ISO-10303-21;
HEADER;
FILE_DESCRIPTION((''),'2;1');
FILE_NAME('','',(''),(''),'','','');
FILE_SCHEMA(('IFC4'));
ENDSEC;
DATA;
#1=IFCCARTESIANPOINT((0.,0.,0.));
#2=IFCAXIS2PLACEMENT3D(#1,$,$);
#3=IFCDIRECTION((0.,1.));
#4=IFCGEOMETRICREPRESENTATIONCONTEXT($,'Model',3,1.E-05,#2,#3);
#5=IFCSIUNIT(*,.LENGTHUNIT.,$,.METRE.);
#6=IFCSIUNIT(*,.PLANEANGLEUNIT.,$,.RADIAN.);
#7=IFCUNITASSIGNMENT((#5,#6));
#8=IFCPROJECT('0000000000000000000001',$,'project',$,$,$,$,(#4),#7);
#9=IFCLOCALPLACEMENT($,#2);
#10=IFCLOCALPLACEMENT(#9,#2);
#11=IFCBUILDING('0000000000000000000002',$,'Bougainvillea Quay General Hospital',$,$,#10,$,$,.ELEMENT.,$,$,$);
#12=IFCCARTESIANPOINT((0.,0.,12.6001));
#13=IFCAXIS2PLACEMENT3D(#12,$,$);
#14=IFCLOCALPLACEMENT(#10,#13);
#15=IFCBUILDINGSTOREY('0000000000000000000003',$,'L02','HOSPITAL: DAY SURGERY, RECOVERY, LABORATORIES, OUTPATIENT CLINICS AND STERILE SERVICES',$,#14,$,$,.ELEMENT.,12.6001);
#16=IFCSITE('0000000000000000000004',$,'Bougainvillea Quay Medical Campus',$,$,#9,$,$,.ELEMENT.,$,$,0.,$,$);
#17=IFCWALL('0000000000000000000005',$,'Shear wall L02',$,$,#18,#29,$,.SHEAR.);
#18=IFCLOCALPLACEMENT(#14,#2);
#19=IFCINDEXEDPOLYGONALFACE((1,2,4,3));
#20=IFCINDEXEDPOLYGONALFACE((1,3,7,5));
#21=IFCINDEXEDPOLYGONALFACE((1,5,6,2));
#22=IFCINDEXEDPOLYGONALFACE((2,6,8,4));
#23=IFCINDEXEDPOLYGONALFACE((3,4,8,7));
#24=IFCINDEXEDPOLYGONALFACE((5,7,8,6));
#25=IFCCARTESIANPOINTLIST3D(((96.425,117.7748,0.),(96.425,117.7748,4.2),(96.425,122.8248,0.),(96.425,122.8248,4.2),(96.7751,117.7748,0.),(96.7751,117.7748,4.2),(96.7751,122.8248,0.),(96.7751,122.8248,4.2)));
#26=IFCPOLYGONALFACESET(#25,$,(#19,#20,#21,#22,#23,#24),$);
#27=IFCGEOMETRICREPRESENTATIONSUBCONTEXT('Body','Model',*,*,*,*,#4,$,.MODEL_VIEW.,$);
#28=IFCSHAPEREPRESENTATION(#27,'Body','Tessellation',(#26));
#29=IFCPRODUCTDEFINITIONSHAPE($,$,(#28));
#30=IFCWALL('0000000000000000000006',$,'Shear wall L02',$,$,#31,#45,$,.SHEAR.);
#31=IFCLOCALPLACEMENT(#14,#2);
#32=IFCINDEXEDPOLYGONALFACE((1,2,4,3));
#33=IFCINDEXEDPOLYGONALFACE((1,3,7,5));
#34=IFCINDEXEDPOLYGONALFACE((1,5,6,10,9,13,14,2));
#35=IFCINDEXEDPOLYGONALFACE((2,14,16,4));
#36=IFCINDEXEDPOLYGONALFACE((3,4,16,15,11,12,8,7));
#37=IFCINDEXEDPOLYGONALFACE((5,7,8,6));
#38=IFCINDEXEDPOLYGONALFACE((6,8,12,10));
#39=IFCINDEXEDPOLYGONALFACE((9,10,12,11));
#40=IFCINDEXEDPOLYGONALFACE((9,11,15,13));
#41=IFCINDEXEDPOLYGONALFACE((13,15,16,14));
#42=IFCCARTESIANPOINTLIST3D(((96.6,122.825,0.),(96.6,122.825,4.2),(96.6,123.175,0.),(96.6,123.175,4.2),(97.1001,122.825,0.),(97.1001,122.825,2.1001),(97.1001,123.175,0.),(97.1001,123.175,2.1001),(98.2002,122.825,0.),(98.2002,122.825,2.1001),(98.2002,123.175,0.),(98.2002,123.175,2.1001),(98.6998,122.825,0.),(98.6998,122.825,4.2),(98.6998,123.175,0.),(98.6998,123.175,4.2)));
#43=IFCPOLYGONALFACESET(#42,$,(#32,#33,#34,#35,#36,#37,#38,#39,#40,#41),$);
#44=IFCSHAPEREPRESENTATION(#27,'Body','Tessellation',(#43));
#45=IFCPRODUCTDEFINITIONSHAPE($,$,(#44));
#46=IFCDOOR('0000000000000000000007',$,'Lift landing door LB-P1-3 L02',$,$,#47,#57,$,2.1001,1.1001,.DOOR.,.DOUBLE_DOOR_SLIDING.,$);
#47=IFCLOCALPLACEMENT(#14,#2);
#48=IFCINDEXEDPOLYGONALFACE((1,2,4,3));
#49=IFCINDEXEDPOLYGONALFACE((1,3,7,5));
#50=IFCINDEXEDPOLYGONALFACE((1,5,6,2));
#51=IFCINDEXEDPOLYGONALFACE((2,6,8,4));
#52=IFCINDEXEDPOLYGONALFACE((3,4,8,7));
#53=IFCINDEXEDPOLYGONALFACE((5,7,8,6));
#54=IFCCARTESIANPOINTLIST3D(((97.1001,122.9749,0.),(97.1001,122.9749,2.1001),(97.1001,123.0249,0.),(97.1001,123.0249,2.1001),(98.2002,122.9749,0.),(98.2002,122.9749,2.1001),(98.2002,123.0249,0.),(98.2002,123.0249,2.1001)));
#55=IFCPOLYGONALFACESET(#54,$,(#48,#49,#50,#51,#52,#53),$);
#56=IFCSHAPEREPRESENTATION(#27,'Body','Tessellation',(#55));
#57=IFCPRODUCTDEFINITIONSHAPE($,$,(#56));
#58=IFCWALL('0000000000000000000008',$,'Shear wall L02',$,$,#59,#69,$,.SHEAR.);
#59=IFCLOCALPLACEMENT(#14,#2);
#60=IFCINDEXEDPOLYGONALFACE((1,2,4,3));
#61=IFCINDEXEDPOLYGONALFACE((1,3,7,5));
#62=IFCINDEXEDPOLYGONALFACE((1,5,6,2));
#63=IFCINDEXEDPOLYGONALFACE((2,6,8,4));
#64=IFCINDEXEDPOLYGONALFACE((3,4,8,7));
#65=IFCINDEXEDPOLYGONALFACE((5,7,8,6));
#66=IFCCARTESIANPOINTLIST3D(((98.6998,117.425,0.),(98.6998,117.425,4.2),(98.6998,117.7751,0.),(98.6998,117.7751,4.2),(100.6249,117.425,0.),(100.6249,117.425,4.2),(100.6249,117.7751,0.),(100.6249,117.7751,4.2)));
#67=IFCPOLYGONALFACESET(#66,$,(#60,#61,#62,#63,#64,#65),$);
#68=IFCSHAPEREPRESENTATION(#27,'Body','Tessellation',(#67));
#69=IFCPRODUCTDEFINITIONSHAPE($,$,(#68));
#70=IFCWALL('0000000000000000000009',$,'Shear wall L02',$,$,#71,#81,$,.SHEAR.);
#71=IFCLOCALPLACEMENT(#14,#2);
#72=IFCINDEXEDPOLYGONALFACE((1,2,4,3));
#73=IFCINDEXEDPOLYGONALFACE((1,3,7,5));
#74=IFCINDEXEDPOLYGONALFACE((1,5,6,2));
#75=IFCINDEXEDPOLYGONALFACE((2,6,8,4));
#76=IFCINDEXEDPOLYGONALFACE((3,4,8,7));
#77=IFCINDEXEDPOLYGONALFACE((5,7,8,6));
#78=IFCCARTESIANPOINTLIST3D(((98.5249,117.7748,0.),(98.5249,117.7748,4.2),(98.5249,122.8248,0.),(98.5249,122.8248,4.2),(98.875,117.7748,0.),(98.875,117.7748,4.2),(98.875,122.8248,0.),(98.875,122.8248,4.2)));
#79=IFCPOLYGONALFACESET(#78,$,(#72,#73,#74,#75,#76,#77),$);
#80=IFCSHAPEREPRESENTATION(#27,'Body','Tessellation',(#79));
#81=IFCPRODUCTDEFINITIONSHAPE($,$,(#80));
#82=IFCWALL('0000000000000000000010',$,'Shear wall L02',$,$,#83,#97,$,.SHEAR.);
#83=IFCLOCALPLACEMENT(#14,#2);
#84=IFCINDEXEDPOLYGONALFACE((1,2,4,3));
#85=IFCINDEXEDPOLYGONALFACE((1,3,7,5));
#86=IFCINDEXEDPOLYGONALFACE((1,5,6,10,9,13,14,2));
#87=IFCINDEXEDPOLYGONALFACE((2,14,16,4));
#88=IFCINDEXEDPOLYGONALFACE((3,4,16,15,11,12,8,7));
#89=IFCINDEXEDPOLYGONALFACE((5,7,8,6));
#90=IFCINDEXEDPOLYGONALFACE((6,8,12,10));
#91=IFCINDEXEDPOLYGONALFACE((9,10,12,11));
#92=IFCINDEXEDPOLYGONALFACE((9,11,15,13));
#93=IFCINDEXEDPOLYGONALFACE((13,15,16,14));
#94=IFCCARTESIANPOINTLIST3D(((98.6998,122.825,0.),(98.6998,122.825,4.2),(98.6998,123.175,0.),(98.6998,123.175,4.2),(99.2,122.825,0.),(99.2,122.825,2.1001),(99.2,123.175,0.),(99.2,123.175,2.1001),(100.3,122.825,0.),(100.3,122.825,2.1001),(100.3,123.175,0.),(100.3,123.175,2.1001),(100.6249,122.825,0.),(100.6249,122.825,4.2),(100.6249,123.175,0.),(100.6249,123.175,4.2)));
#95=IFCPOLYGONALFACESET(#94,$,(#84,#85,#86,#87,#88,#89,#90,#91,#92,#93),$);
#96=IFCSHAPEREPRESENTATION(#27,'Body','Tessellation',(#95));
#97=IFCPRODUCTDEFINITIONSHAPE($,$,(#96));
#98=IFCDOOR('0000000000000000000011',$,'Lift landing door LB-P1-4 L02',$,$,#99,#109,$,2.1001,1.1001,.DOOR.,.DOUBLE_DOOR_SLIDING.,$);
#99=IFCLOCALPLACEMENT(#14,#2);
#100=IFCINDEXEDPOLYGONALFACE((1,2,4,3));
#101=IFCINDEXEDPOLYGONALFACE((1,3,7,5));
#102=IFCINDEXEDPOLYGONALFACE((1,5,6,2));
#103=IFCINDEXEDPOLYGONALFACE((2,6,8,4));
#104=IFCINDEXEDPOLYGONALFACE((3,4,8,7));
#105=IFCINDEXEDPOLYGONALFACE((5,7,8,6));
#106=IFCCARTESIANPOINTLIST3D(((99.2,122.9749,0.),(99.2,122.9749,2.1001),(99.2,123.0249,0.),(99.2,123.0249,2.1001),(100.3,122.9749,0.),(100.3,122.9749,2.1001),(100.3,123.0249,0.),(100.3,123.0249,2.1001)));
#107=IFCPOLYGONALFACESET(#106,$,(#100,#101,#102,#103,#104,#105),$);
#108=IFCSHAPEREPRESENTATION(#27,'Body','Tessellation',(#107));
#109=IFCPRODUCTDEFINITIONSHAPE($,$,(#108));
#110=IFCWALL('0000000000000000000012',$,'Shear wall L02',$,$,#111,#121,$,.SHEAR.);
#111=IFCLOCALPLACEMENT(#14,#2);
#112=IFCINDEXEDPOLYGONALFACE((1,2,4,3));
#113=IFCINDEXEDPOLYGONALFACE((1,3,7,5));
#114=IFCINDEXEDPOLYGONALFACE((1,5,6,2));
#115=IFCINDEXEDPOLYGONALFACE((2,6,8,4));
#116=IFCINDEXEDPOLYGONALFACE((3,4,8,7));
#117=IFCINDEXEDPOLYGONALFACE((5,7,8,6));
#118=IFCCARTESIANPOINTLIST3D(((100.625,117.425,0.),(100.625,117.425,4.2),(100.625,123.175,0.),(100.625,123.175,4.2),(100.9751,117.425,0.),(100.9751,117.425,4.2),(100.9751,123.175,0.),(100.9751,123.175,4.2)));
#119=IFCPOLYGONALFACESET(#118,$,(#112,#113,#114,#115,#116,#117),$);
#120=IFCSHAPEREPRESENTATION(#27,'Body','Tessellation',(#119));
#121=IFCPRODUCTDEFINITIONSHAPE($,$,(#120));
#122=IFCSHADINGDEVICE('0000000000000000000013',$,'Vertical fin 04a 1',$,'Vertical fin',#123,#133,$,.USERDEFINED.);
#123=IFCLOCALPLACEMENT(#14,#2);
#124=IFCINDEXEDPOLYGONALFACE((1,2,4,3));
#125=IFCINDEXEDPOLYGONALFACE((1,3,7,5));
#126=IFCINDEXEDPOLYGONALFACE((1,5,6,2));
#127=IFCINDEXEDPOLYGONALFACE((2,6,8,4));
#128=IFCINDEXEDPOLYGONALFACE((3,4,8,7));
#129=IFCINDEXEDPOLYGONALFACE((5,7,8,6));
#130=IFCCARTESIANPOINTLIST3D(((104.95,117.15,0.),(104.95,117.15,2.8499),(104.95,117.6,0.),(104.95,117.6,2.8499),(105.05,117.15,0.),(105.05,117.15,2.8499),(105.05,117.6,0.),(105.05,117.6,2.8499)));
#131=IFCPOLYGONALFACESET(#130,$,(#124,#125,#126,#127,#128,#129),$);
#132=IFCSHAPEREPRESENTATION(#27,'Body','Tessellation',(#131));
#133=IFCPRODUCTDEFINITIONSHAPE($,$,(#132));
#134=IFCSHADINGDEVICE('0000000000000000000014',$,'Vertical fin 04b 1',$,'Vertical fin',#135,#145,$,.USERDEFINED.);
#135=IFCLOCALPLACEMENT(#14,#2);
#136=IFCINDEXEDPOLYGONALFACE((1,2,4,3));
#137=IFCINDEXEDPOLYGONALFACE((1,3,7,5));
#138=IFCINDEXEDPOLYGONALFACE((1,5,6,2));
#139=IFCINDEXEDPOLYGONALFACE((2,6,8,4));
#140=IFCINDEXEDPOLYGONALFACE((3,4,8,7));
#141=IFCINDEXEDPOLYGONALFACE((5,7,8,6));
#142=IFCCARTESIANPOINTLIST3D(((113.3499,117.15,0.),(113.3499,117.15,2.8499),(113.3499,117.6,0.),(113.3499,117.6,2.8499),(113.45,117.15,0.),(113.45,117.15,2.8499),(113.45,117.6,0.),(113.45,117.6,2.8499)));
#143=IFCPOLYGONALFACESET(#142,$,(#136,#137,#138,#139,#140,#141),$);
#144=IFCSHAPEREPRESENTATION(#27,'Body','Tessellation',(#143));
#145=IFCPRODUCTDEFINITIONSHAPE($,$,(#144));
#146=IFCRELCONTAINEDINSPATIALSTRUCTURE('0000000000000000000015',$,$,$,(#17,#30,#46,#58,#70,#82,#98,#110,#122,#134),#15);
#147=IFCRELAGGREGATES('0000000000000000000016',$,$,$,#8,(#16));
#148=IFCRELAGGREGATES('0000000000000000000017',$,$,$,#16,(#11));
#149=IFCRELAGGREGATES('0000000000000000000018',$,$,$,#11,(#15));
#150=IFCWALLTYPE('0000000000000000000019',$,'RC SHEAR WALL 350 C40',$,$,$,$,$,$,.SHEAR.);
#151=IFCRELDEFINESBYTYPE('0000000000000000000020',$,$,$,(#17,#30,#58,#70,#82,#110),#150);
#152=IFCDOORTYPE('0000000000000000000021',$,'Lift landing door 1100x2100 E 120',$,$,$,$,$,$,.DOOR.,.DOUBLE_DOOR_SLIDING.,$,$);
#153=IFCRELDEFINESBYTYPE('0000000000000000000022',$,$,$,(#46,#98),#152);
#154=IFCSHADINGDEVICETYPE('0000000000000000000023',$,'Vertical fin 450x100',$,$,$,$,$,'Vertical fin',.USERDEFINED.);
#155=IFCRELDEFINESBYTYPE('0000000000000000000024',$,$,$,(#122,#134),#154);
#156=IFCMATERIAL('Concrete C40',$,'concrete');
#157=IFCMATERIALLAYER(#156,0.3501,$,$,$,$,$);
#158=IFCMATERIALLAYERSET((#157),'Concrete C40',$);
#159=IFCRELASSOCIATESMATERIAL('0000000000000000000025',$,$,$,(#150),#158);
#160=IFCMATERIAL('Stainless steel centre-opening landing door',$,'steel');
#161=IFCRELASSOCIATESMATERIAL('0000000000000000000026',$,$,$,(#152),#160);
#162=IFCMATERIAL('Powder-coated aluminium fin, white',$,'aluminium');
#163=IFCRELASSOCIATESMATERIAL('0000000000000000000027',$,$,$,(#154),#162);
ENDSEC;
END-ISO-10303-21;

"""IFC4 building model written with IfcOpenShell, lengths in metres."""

from ifc_helpers import new_model, si_unit, direction, frame, frame_2d, origin, origin_2d, place, context, subcontext, project, spatial, rectangle, extrude, material, layer, layer_set, material_profile, profile_set, type_object, element, fill, save


model = new_model("IFC4")

# Units and contexts
model_context = context("Model", 3, precision=1e-05, world=origin(), true_north=direction((0.0, 1.0)))
body_context = subcontext(model_context, "Body", "Model", "MODEL_VIEW")
ifc_project = project(units=[si_unit("LENGTHUNIT", "METRE"), si_unit("PLANEANGLEUNIT", "RADIAN")], contexts=[model_context])

# Site, building, storey
site_placement = place(None, origin())
site = spatial("IfcSite", under=ifc_project, at=site_placement, Name="Bougainvillea Quay Medical Campus", CompositionType="ELEMENT", RefElevation=0.0)
building_placement = place(site_placement, origin())
building = spatial("IfcBuilding", under=site, at=building_placement, Name="Bougainvillea Quay General Hospital", CompositionType="ELEMENT")
storey_placement = place(building_placement, frame((0.0, 0.0, 12.6001)))
storey = spatial("IfcBuildingStorey", under=building, at=storey_placement, Name="L02", Description="HOSPITAL: DAY SURGERY, RECOVERY, LABORATORIES, OUTPATIENT CLINICS AND STERILE SERVICES", CompositionType="ELEMENT", Elevation=12.6001)

# Shared definitions
ifc_material_1 = material(Name="Concrete C40", Category="concrete")

# Wall
ifc_layer_1 = layer(ifc_material_1, 0.3501)
ifc_layer_set_1 = layer_set([ifc_layer_1], Name="Concrete C40")
wall_type_1 = type_object("IfcWallType", Name="RC SHEAR WALL 350 C40", PredefinedType="SHEAR", material=ifc_layer_set_1)
wall_1_placement = place(storey_placement, frame((96.6001, 117.7749, 0.0), z_axis=(0.0, 0.0, 1.0), x_axis=(0.0, 1.0, 0.0)))
element("IfcWall", 1, at=wall_1_placement, inside=storey, type_object=wall_type_1, Name="Shear wall L02", PredefinedType="SHEAR", context=body_context, shape_type="SweptSolid", body=[
    extrude(rectangle(XDim=5.05, YDim=0.3501, at=frame_2d((2.5249, 0.0))), origin(), (0.0, 0.0, 1.0), 4.2),
])

# Wall, opening, door
wall_2_placement = place(storey_placement, frame((96.6001, 123.0, 0.0), z_axis=(0.0, 0.0, 1.0), x_axis=(1.0, 0.0, 0.0)))
wall_2 = element("IfcWall", 2, at=wall_2_placement, inside=storey, type_object=wall_type_1, Name="Shear wall L02", PredefinedType="SHEAR", context=body_context, shape_type="SweptSolid", body=[
    extrude(rectangle(XDim=2.0999, YDim=0.3501, at=frame_2d((1.0498, 0.0))), origin(), (0.0, 0.0, 1.0), 4.2),
])
opening_1_placement = place(wall_2_placement, frame((0.5, 0.0, 0.0)))
opening_1 = element("IfcOpeningElement", 3, at=opening_1_placement, cuts=wall_2, PredefinedType="OPENING", context=body_context, shape_type="SweptSolid", body=[
    extrude(rectangle(XDim=1.1001, YDim=2.1001, at=frame_2d((0.55, 1.05))), frame((0.0, 0.1851, 0.0), z_axis=(0.0, -1.0, 0.0), x_axis=(1.0, 0.0, 0.0)), (0.0, 0.0, 1.0), 0.3701),
])
ifc_material_2 = material(Name="Stainless steel centre-opening landing door", Category="steel")
door_type = type_object("IfcDoorType", Name="Lift landing door 1100x2100 E 120", OperationType="DOUBLE_DOOR_SLIDING", PredefinedType="DOOR", material=ifc_material_2)
door_1_placement = place(opening_1_placement, origin())
door_1 = element("IfcDoor", 4, at=door_1_placement, inside=storey, type_object=door_type, Name="Lift landing door LB-P1-3 L02", OperationType="DOUBLE_DOOR_SLIDING", OverallHeight=2.1001, OverallWidth=1.1001, PredefinedType="DOOR", context=body_context, shape_type="SweptSolid", body=[
    extrude(rectangle(XDim=1.1001, YDim=2.1001, at=frame_2d((0.55, 1.05))), frame((0.0, 0.0249, 0.0), z_axis=(0.0, -1.0, 0.0), x_axis=(1.0, 0.0, 0.0)), (0.0, 0.0, 1.0), 0.05),
])
fill(opening_1, door_1)

# Walls
wall_3_placement = place(storey_placement, frame((98.7, 117.6001, 0.0), z_axis=(0.0, 0.0, 1.0), x_axis=(1.0, 0.0, 0.0)))
element("IfcWall", 5, at=wall_3_placement, inside=storey, type_object=wall_type_1, Name="Shear wall L02", PredefinedType="SHEAR", context=body_context, shape_type="SweptSolid", body=[
    extrude(rectangle(XDim=1.925, YDim=0.3501, at=frame_2d((0.9624, 0.0))), origin(), (0.0, 0.0, 1.0), 4.2),
])
wall_4_placement = place(storey_placement, frame((98.7, 117.7749, 0.0), z_axis=(0.0, 0.0, 1.0), x_axis=(0.0, 1.0, 0.0)))
element("IfcWall", 6, at=wall_4_placement, inside=storey, type_object=wall_type_1, Name="Shear wall L02", PredefinedType="SHEAR", context=body_context, shape_type="SweptSolid", body=[
    extrude(rectangle(XDim=5.05, YDim=0.3501, at=frame_2d((2.5249, 0.0))), origin(), (0.0, 0.0, 1.0), 4.2),
])

# Wall, opening, door
wall_5_placement = place(storey_placement, frame((98.7, 123.0, 0.0), z_axis=(0.0, 0.0, 1.0), x_axis=(1.0, 0.0, 0.0)))
wall_5 = element("IfcWall", 7, at=wall_5_placement, inside=storey, type_object=wall_type_1, Name="Shear wall L02", PredefinedType="SHEAR", context=body_context, shape_type="SweptSolid", body=[
    extrude(rectangle(XDim=1.925, YDim=0.3501, at=frame_2d((0.9624, 0.0))), origin(), (0.0, 0.0, 1.0), 4.2),
])
opening_2_placement = place(wall_5_placement, frame((0.5, 0.0, 0.0)))
opening_2 = element("IfcOpeningElement", 8, at=opening_2_placement, cuts=wall_5, PredefinedType="OPENING", context=body_context, shape_type="SweptSolid", body=[
    extrude(rectangle(XDim=1.1001, YDim=2.1001, at=frame_2d((0.55, 1.05))), frame((0.0, 0.1851, 0.0), z_axis=(0.0, -1.0, 0.0), x_axis=(1.0, 0.0, 0.0)), (0.0, 0.0, 1.0), 0.3701),
])
door_2_placement = place(opening_2_placement, origin())
door_2 = element("IfcDoor", 9, at=door_2_placement, inside=storey, type_object=door_type, Name="Lift landing door LB-P1-4 L02", OperationType="DOUBLE_DOOR_SLIDING", OverallHeight=2.1001, OverallWidth=1.1001, PredefinedType="DOOR", context=body_context, shape_type="SweptSolid", body=[
    extrude(rectangle(XDim=1.1001, YDim=2.1001, at=frame_2d((0.55, 1.05))), frame((0.0, 0.0249, 0.0), z_axis=(0.0, -1.0, 0.0), x_axis=(1.0, 0.0, 0.0)), (0.0, 0.0, 1.0), 0.05),
])
fill(opening_2, door_2)

# Wall
wall_6_placement = place(storey_placement, frame((100.8, 117.425, 0.0), z_axis=(0.0, 0.0, 1.0), x_axis=(0.0, 1.0, 0.0)))
element("IfcWall", 10, at=wall_6_placement, inside=storey, type_object=wall_type_1, Name="Shear wall L02", PredefinedType="SHEAR", context=body_context, shape_type="SweptSolid", body=[
    extrude(rectangle(XDim=5.75, YDim=0.3501, at=frame_2d((2.875, 0.0))), origin(), (0.0, 0.0, 1.0), 4.2),
])

# Shading devices
ifc_material_3 = material(Name="Powder-coated aluminium fin, white", Category="aluminium")
ifc_material_profile_1 = material_profile(ifc_material_3, rectangle(XDim=0.45, YDim=0.1001, at=origin_2d()))
ifc_profile_set_1 = profile_set([ifc_material_profile_1], Name="Powder-coated aluminium fin, white")
shading_device_type = type_object("IfcShadingDeviceType", Name="Vertical fin 450x100", ElementType="Vertical fin", PredefinedType="USERDEFINED", material=ifc_profile_set_1)
for number, where, z_axis, x_axis, name in (
    (11, (105.0, 117.375, 0.0), (0.0, 0.0, 1.0), (0.0, -1.0, 0.0), "Vertical fin 04a 1"),
    (12, (113.3999, 117.375, 0.0), (0.0, 0.0, 1.0), (0.0, -1.0, 0.0), "Vertical fin 04b 1"),
):
    element("IfcShadingDevice", number, at=place(storey_placement, frame(where, z_axis=z_axis, x_axis=x_axis)), inside=storey, type_object=shading_device_type, Name=name, ObjectType="Vertical fin", PredefinedType="USERDEFINED", context=body_context, shape_type="SweptSolid", body=[
        extrude(rectangle(XDim=0.45, YDim=0.1001, at=origin_2d()), origin(), (0.0, 0.0, 1.0), 2.8499),
    ])

save(model, "model.ifc")
